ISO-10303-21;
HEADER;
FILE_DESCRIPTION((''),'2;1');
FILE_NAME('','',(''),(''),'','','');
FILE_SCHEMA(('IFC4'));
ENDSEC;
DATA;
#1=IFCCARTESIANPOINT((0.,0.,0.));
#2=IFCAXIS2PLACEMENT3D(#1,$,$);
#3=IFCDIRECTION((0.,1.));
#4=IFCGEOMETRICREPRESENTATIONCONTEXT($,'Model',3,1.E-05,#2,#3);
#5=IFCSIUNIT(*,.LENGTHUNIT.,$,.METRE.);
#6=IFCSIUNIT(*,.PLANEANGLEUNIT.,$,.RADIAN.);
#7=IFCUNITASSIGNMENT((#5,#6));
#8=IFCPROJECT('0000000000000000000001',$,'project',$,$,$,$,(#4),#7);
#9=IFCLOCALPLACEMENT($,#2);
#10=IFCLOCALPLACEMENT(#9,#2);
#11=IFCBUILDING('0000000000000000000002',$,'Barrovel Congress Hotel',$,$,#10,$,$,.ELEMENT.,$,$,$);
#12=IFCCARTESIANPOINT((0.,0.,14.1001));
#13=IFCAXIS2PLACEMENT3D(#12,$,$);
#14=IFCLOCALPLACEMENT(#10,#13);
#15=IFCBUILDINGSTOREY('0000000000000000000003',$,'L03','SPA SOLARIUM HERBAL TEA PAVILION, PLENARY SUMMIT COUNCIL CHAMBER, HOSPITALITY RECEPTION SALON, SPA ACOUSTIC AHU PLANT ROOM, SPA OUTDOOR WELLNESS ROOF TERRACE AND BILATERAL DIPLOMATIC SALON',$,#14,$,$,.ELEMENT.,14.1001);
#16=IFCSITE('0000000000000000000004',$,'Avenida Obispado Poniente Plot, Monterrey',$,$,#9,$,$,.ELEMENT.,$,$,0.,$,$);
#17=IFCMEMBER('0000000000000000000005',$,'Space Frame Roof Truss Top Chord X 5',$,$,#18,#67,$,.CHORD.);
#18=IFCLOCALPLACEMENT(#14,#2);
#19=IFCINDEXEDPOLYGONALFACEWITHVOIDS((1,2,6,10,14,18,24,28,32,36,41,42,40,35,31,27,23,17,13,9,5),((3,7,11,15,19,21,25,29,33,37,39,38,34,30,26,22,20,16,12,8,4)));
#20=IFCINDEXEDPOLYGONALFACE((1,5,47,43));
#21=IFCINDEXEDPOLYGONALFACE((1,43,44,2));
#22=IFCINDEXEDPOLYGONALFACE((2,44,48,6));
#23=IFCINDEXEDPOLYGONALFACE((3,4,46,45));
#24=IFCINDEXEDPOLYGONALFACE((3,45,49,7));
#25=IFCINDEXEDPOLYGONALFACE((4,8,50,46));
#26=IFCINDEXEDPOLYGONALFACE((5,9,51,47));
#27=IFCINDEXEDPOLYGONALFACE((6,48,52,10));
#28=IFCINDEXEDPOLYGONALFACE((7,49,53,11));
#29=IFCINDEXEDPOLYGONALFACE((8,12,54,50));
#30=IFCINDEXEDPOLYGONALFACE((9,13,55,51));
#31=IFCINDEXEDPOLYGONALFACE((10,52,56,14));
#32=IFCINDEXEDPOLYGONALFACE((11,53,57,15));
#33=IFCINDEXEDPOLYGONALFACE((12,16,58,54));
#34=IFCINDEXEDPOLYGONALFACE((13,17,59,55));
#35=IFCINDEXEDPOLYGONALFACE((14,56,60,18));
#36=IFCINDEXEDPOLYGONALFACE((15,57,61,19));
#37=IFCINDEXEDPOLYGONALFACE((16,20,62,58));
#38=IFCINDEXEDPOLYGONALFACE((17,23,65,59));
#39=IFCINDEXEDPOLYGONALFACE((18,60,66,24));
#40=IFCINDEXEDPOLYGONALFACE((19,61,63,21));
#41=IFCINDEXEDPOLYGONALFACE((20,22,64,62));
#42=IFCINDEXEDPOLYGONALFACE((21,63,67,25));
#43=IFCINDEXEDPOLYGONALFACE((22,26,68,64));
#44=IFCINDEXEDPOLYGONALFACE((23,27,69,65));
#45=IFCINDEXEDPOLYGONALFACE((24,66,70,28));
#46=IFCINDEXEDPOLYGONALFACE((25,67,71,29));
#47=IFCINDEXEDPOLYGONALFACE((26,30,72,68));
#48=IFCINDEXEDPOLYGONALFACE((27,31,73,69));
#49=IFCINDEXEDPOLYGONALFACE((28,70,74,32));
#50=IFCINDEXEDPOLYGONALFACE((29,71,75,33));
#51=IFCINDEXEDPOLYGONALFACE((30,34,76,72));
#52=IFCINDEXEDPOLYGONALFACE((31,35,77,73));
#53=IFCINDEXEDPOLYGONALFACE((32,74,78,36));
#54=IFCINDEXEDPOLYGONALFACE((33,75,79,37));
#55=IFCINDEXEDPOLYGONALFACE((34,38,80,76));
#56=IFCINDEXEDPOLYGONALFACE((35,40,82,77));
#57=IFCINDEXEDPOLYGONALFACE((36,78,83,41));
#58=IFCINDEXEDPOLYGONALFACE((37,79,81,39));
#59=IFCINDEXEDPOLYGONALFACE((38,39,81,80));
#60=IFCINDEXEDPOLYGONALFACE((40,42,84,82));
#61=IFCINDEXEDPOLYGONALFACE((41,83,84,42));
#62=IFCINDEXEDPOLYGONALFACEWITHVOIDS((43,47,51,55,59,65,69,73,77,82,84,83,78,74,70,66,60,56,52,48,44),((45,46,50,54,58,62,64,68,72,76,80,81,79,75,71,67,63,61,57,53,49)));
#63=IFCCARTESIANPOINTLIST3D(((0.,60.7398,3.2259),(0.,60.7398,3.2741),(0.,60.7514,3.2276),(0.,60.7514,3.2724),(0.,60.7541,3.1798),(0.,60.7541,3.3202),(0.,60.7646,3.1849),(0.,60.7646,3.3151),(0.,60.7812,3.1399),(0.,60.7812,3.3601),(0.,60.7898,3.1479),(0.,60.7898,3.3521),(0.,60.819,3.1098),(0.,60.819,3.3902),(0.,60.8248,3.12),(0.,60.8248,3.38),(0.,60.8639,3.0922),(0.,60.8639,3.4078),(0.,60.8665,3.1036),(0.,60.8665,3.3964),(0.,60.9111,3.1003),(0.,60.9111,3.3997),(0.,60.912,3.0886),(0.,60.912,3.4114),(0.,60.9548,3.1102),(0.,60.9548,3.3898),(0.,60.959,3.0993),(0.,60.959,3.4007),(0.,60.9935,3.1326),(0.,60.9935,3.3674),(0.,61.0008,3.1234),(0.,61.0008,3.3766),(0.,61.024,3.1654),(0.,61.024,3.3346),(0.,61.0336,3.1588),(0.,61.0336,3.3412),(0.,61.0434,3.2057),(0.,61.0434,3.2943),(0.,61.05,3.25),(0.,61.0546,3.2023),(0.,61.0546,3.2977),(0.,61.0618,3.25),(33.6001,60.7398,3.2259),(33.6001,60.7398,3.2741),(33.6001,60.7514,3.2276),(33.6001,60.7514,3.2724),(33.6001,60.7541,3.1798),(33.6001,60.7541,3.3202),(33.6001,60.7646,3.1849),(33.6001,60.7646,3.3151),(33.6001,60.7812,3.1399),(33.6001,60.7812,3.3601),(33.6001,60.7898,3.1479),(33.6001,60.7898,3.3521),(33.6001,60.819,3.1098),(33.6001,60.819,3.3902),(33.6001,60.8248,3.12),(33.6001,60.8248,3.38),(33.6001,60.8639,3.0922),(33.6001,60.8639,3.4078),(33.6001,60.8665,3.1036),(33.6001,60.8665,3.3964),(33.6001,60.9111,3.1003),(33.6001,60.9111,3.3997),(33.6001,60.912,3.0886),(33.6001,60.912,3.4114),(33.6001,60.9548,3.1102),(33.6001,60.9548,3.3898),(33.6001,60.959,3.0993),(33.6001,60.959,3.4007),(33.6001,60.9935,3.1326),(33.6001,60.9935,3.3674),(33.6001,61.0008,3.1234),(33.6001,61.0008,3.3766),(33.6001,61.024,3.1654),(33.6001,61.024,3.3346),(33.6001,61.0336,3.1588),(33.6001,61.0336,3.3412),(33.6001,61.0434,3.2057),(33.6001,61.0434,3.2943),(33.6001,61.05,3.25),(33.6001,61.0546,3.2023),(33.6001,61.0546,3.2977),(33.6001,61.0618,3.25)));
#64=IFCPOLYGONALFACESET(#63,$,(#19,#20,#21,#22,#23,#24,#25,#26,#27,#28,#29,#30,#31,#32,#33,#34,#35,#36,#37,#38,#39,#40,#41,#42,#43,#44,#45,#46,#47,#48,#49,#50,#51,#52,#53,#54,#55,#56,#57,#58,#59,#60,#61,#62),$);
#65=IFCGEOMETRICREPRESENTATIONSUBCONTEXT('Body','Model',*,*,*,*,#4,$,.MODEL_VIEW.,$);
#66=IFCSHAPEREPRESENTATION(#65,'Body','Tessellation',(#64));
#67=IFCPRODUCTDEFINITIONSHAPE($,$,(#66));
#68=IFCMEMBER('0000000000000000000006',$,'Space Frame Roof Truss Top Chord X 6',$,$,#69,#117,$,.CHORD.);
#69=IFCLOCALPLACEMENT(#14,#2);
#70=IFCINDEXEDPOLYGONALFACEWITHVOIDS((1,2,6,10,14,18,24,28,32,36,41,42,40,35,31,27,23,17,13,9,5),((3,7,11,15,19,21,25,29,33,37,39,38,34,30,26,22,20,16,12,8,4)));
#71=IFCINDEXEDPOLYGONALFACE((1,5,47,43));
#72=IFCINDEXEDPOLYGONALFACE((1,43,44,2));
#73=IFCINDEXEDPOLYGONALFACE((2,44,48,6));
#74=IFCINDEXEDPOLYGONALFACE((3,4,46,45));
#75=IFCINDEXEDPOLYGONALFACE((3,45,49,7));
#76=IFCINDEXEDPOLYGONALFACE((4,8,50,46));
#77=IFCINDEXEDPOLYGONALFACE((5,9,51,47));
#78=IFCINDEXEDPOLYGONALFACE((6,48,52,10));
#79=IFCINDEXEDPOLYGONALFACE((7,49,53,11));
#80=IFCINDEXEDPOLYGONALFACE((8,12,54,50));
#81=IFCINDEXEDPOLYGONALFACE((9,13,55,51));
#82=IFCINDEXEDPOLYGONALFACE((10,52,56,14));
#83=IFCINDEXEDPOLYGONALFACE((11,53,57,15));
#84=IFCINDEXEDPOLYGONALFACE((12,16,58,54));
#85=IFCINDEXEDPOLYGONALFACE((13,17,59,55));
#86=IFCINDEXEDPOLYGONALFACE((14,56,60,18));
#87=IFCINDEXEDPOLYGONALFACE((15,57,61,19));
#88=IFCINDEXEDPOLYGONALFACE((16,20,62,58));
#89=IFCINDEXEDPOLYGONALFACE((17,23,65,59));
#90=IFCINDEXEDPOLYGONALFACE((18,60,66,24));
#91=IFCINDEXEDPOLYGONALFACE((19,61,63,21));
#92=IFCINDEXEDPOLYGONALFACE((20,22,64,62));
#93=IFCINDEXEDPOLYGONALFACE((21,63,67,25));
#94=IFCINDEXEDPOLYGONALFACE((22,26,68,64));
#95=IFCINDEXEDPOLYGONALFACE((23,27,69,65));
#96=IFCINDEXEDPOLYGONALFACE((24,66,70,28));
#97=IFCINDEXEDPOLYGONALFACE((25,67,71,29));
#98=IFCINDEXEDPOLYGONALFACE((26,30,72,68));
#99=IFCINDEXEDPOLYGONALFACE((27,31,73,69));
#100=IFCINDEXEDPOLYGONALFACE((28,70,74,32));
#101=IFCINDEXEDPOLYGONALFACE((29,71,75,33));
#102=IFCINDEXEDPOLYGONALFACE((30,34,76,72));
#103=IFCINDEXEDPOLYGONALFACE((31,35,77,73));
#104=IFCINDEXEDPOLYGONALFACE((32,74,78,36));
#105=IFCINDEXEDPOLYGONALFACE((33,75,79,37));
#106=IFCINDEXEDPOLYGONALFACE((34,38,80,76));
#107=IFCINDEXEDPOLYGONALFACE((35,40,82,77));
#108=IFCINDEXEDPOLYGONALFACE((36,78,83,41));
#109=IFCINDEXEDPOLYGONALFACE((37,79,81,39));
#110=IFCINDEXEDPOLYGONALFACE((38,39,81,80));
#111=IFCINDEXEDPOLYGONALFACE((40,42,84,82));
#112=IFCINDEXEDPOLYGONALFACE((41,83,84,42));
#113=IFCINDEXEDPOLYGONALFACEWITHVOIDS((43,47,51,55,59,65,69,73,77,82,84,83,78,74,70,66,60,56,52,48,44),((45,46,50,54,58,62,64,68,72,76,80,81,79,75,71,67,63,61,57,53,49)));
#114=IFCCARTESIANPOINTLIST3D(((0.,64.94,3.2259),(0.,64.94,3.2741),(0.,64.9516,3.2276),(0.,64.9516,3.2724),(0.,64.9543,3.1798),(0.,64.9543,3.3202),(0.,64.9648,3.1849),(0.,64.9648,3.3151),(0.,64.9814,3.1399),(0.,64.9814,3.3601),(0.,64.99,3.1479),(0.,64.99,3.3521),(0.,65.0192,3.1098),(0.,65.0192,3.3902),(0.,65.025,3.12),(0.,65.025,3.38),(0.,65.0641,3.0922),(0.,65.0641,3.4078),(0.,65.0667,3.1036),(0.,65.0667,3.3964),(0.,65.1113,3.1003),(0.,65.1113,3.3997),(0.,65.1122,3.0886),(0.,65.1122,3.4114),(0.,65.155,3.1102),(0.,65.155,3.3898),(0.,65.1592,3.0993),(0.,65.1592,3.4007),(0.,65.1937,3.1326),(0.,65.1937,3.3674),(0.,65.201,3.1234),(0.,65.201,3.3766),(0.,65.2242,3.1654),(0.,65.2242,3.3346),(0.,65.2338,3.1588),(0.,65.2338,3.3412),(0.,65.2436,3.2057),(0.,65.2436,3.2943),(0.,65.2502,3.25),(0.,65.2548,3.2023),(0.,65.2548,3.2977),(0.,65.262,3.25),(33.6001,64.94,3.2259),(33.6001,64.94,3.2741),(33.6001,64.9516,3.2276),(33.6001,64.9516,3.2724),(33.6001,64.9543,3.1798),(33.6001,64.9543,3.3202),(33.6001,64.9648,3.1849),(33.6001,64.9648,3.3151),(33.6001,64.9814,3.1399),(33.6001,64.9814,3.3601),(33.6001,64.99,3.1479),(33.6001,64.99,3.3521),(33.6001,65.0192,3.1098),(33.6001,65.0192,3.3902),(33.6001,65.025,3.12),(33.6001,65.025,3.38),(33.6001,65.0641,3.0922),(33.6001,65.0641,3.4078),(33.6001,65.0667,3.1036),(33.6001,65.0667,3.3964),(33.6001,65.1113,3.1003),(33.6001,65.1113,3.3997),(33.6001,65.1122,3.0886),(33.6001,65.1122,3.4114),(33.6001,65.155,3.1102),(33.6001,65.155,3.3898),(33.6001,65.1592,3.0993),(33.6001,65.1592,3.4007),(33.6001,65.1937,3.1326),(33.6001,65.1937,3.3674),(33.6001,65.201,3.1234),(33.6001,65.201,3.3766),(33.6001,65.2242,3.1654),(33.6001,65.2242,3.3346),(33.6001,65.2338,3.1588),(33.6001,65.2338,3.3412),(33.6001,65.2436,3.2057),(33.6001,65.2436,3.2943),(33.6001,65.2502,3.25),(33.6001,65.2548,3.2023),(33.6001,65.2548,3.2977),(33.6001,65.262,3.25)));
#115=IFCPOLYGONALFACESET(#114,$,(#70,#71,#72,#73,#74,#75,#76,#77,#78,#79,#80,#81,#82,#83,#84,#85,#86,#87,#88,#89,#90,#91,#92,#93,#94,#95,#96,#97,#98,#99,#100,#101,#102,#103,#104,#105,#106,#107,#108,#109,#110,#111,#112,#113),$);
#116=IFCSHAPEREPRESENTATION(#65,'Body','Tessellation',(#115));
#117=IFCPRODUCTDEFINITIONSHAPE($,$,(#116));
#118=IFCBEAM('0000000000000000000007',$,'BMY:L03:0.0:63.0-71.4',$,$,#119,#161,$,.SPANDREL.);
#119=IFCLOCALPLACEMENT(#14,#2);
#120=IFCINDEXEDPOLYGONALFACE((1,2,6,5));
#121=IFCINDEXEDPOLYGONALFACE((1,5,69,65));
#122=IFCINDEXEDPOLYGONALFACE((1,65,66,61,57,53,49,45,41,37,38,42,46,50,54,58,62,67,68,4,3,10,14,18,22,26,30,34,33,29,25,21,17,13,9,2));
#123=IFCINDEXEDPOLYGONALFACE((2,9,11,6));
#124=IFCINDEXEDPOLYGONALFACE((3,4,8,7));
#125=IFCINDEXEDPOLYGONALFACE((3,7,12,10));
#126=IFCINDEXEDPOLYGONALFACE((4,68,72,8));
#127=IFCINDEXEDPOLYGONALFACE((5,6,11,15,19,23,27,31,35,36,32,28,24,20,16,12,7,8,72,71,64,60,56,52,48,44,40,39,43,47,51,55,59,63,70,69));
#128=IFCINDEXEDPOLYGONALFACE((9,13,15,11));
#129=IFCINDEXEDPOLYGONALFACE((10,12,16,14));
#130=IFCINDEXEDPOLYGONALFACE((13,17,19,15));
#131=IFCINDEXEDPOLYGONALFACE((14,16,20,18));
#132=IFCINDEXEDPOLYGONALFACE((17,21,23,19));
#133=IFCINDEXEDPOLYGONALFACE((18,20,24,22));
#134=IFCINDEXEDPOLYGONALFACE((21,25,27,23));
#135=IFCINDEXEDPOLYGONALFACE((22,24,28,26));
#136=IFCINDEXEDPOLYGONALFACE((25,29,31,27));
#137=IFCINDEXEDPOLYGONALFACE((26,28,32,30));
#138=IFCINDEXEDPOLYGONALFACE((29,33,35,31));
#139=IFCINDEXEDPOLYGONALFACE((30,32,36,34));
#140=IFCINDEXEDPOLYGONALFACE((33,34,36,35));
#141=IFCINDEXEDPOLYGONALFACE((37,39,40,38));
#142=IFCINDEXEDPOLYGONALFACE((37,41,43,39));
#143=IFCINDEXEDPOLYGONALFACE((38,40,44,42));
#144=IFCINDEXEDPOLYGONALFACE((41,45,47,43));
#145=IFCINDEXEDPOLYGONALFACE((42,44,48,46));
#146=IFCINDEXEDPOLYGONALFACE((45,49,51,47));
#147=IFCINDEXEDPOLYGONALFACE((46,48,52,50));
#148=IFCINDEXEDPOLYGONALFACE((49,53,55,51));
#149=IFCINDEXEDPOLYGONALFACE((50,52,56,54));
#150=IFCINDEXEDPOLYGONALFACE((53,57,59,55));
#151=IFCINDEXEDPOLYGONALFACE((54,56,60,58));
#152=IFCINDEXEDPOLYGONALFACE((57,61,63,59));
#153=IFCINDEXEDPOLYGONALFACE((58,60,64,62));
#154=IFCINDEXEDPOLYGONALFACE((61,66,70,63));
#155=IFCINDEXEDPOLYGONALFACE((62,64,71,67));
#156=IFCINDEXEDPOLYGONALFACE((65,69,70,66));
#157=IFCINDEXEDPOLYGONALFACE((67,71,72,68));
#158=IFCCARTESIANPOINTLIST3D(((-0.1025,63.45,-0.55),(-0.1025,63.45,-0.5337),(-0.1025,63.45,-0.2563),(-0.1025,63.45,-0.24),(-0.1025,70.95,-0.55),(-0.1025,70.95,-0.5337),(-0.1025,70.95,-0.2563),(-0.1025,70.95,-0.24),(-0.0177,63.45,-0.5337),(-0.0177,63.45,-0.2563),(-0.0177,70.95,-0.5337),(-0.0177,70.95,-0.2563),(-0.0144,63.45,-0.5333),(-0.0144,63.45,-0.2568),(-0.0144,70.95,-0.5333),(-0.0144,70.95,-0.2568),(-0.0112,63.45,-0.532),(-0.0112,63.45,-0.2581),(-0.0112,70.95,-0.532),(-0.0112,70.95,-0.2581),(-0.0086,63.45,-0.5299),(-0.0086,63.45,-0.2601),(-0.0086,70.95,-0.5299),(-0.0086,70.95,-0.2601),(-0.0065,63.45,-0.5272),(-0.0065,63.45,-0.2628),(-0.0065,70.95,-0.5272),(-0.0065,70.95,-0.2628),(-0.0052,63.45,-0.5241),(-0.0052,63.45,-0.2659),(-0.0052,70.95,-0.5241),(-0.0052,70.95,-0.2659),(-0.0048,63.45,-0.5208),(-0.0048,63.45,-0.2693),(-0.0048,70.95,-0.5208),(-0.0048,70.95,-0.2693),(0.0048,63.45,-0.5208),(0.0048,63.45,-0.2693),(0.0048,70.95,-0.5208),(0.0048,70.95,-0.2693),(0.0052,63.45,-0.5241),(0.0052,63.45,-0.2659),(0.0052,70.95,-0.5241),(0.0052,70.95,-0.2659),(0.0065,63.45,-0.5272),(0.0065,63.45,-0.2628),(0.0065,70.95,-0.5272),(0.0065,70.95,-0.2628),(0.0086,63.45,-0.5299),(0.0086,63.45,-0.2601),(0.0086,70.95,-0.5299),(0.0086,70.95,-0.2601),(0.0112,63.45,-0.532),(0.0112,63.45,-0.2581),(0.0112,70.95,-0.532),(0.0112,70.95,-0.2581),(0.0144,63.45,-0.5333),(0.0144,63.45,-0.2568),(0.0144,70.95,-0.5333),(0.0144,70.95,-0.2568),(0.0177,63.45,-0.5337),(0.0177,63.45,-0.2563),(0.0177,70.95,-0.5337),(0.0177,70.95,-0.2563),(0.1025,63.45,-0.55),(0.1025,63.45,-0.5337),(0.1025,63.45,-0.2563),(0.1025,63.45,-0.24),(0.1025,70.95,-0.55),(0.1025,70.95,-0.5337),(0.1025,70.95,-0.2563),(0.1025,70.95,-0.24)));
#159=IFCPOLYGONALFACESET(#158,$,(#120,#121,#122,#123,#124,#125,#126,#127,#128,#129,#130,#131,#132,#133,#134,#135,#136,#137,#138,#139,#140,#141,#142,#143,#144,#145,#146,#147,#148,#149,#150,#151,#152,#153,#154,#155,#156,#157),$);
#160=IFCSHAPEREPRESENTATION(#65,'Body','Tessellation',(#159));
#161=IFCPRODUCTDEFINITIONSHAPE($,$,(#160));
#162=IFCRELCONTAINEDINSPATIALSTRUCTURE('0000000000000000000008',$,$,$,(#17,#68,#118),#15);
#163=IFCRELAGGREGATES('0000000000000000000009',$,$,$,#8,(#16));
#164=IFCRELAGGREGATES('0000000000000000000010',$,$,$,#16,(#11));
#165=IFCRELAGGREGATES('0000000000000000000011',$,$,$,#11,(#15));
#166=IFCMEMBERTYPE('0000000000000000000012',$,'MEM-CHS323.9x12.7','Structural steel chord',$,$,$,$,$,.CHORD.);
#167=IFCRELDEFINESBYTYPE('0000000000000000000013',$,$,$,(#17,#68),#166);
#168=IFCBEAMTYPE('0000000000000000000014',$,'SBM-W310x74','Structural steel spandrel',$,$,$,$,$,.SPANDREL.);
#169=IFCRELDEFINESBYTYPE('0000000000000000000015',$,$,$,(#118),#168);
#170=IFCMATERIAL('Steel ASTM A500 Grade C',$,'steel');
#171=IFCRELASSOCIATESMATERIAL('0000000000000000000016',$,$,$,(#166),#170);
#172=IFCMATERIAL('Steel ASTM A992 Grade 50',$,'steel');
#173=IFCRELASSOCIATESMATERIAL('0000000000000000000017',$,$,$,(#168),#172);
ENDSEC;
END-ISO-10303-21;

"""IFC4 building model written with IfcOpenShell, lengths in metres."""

from ifc_helpers import new_model, si_unit, direction, frame, origin, origin_2d, place, context, subcontext, project, spatial, hollow_circle, i_section, extrude, material, material_profile, profile_set, type_object, element, save


model = new_model("IFC4")

# Units and contexts
model_context = context("Model", 3, precision=1e-05, world=origin(), true_north=direction((0.0, 1.0)))
body_context = subcontext(model_context, "Body", "Model", "MODEL_VIEW")
ifc_project = project(units=[si_unit("LENGTHUNIT", "METRE"), si_unit("PLANEANGLEUNIT", "RADIAN")], contexts=[model_context])

# Site, building, storey
site_placement = place(None, origin())
site = spatial("IfcSite", under=ifc_project, at=site_placement, Name="Avenida Obispado Poniente Plot, Monterrey", CompositionType="ELEMENT", RefElevation=0.0)
building_placement = place(site_placement, origin())
building = spatial("IfcBuilding", under=site, at=building_placement, Name="Barrovel Congress Hotel", CompositionType="ELEMENT")
storey_placement = place(building_placement, frame((0.0, 0.0, 14.1001)))
storey = spatial("IfcBuildingStorey", under=building, at=storey_placement, Name="L03", Description="SPA SOLARIUM HERBAL TEA PAVILION, PLENARY SUMMIT COUNCIL CHAMBER, HOSPITALITY RECEPTION SALON, SPA ACOUSTIC AHU PLANT ROOM, SPA OUTDOOR WELLNESS ROOF TERRACE AND BILATERAL DIPLOMATIC SALON", CompositionType="ELEMENT", Elevation=14.1001)

# Members
ifc_material_1 = material(Name="Steel ASTM A500 Grade C", Category="steel")
ifc_material_profile_1 = material_profile(ifc_material_1, hollow_circle(Radius=0.1619, WallThickness=0.0117, at=origin_2d()), Name="CHS323.9x12.7")
ifc_profile_set_1 = profile_set([ifc_material_profile_1], Name="Steel ASTM A500 Grade C")
member_type_1 = type_object("IfcMemberType", Name="MEM-CHS323.9x12.7", Description="Structural steel chord", PredefinedType="CHORD", material=ifc_profile_set_1)
for number, where, z_axis, x_axis, name in (
    (1, (0.0, 60.8999, 3.25), (1.0, 0.0, 0.0), (0.0, 1.0, 0.0), "Space Frame Roof Truss Top Chord X 5"),
    (2, (0.0, 65.1001, 3.25), (1.0, 0.0, 0.0), (0.0, 1.0, 0.0), "Space Frame Roof Truss Top Chord X 6"),
):
    element("IfcMember", number, at=place(storey_placement, frame(where, z_axis=z_axis, x_axis=x_axis)), inside=storey, type_object=member_type_1, Name=name, PredefinedType="CHORD", context=body_context, shape_type="SweptSolid", body=[
        extrude(hollow_circle(Radius=0.1619, WallThickness=0.0117, at=origin_2d()), origin(), (0.0, 0.0, 1.0), 33.6001),
    ])

# Beam
ifc_material_2 = material(Name="Steel ASTM A992 Grade 50", Category="steel")
ifc_material_profile_2 = material_profile(ifc_material_2, i_section(OverallWidth=0.2051, OverallDepth=0.3101, WebThickness=0.0095, FlangeThickness=0.0164, FilletRadius=0.0129, at=origin_2d()), Name="W310x74")
ifc_profile_set_2 = profile_set([ifc_material_profile_2], Name="Steel ASTM A992 Grade 50")
beam_type_1 = type_object("IfcBeamType", Name="SBM-W310x74", Description="Structural steel spandrel", PredefinedType="SPANDREL", material=ifc_profile_set_2)
beam_1_placement = place(storey_placement, frame((0.0, 63.45, -0.395), z_axis=(0.0, 1.0, 0.0), x_axis=(-1.0, 0.0, 0.0)))
element("IfcBeam", 3, at=beam_1_placement, inside=storey, type_object=beam_type_1, Name="BMY:L03:0.0:63.0-71.4", PredefinedType="SPANDREL", context=body_context, shape_type="SweptSolid", body=[
    extrude(i_section(OverallWidth=0.2051, OverallDepth=0.3101, WebThickness=0.0095, FlangeThickness=0.0164, FilletRadius=0.0129, at=origin_2d()), origin(), (0.0, 0.0, 1.0), 7.5),
])

save(model, "model.ifc")
